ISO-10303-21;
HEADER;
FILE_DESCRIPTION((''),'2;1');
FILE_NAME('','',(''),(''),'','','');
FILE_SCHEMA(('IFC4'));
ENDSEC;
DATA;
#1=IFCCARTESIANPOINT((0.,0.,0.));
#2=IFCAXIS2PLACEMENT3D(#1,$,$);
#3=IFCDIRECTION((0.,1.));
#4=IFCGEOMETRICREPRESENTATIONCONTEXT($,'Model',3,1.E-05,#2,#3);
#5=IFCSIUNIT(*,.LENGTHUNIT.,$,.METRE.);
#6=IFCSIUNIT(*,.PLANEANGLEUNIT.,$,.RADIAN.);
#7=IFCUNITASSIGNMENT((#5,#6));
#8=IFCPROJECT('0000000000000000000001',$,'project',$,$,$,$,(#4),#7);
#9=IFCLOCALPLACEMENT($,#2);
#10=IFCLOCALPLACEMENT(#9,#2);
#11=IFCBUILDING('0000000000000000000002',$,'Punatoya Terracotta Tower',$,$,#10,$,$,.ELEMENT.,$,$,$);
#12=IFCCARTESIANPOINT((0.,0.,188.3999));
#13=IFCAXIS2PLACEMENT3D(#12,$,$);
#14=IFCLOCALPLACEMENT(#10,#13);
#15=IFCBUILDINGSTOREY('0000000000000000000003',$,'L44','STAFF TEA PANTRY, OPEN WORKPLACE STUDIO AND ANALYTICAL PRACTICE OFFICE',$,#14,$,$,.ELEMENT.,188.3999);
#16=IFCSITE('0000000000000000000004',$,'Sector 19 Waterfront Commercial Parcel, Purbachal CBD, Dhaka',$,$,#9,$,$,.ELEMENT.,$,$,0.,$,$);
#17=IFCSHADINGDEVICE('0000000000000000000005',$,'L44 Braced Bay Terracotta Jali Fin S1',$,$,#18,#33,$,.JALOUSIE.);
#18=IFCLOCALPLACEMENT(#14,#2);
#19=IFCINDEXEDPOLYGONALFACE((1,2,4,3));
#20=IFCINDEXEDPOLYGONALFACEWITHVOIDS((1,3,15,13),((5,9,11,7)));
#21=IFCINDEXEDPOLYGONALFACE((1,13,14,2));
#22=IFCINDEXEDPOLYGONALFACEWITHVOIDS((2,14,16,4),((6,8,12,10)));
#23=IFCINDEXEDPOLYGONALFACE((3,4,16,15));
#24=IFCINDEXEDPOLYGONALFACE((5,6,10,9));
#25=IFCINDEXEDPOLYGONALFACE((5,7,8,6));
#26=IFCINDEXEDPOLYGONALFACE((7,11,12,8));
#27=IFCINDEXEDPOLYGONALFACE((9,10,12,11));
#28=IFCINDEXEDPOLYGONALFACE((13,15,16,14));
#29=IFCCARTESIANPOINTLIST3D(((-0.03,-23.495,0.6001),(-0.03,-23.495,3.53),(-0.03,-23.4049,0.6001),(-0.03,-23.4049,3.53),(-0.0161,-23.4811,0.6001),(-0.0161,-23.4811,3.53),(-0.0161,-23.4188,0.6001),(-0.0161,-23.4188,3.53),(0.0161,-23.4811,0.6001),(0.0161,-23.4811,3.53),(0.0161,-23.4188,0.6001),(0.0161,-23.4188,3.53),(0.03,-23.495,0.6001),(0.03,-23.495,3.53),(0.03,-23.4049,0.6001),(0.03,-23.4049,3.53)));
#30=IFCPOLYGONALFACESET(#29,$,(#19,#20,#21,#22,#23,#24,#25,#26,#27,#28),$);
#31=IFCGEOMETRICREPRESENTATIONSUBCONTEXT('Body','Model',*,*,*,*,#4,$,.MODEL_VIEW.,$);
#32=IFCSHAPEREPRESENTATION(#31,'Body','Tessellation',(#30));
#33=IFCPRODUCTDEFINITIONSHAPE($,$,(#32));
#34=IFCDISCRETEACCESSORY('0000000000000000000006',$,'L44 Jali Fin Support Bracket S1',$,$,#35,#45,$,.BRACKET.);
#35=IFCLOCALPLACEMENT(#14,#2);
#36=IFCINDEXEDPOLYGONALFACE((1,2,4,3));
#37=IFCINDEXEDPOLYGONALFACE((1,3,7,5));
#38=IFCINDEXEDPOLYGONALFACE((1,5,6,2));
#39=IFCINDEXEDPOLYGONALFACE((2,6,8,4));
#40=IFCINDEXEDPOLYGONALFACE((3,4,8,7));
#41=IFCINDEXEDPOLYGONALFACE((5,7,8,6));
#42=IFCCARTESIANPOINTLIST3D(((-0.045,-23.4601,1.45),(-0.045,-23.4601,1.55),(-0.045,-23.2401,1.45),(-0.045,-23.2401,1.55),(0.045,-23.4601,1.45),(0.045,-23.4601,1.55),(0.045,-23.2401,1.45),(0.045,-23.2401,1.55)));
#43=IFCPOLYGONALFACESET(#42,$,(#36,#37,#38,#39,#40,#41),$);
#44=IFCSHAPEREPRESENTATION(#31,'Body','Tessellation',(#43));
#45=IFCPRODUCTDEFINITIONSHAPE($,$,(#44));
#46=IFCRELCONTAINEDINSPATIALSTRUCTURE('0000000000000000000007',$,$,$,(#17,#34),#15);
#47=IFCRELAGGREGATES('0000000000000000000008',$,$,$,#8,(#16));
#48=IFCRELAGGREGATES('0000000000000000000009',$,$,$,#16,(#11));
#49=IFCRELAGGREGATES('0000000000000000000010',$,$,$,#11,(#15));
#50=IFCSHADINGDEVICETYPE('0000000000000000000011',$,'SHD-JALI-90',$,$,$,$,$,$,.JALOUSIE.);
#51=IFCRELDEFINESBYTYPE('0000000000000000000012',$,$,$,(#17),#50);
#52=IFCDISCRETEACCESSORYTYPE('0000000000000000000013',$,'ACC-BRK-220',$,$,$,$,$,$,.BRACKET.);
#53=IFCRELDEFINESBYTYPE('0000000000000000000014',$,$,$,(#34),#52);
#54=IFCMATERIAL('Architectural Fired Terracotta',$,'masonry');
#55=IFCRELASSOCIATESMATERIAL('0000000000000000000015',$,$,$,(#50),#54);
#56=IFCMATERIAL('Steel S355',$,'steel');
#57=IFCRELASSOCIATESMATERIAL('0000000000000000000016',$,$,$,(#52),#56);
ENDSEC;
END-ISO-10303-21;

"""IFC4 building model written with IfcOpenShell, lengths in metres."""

from ifc_helpers import new_model, si_unit, direction, frame, origin, origin_2d, place, context, subcontext, project, spatial, rectangle, hollow_rectangle, extrude, material, material_profile, profile_set, type_object, element, save


model = new_model("IFC4")

# Units and contexts
model_context = context("Model", 3, precision=1e-05, world=origin(), true_north=direction((0.0, 1.0)))
body_context = subcontext(model_context, "Body", "Model", "MODEL_VIEW")
ifc_project = project(units=[si_unit("LENGTHUNIT", "METRE"), si_unit("PLANEANGLEUNIT", "RADIAN")], contexts=[model_context])

# Site, building, storey
site_placement = place(None, origin())
site = spatial("IfcSite", under=ifc_project, at=site_placement, Name="Sector 19 Waterfront Commercial Parcel, Purbachal CBD, Dhaka", CompositionType="ELEMENT", RefElevation=0.0)
building_placement = place(site_placement, origin())
building = spatial("IfcBuilding", under=site, at=building_placement, Name="Punatoya Terracotta Tower", CompositionType="ELEMENT")
storey_placement = place(building_placement, frame((0.0, 0.0, 188.3999)))
storey = spatial("IfcBuildingStorey", under=building, at=storey_placement, Name="L44", Description="STAFF TEA PANTRY, OPEN WORKPLACE STUDIO AND ANALYTICAL PRACTICE OFFICE", CompositionType="ELEMENT", Elevation=188.3999)

# Shared definitions
ifc_material_1 = material(Name="Steel S355", Category="steel")

# Shading device
ifc_material_2 = material(Name="Architectural Fired Terracotta", Category="masonry")
ifc_material_profile_1 = material_profile(ifc_material_2, hollow_rectangle(XDim=0.0601, YDim=0.0901, WallThickness=0.0139, at=origin_2d()))
ifc_profile_set_1 = profile_set([ifc_material_profile_1], Name="Architectural Fired Terracotta")
shading_device_type = type_object("IfcShadingDeviceType", Name="SHD-JALI-90", PredefinedType="JALOUSIE", material=ifc_profile_set_1)
shading_device_placement = place(storey_placement, frame((0.0, -23.45, 0.6001), z_axis=(0.0, 0.0, 1.0), x_axis=(1.0, 0.0, 0.0)))
element("IfcShadingDevice", 1, at=shading_device_placement, inside=storey, type_object=shading_device_type, Name="L44 Braced Bay Terracotta Jali Fin S1", PredefinedType="JALOUSIE", context=body_context, shape_type="SweptSolid", body=[
    extrude(hollow_rectangle(XDim=0.0601, YDim=0.0901, WallThickness=0.0139, at=origin_2d()), origin(), (0.0, 0.0, 1.0), 2.9299),
])

# Discrete accessory
discrete_accessory_type = type_object("IfcDiscreteAccessoryType", Name="ACC-BRK-220", PredefinedType="BRACKET", material=ifc_material_1)
discrete_accessory_placement = place(storey_placement, frame((0.0, -23.3501, 1.45), z_axis=(0.0, 0.0, 1.0), x_axis=(1.0, 0.0, 0.0)))
element("IfcDiscreteAccessory", 2, at=discrete_accessory_placement, inside=storey, type_object=discrete_accessory_type, Name="L44 Jali Fin Support Bracket S1", PredefinedType="BRACKET", context=body_context, shape_type="SweptSolid", body=[
    extrude(rectangle(XDim=0.0901, YDim=0.22, at=origin_2d()), origin(), (0.0, 0.0, 1.0), 0.1001),
])

save(model, "model.ifc")
